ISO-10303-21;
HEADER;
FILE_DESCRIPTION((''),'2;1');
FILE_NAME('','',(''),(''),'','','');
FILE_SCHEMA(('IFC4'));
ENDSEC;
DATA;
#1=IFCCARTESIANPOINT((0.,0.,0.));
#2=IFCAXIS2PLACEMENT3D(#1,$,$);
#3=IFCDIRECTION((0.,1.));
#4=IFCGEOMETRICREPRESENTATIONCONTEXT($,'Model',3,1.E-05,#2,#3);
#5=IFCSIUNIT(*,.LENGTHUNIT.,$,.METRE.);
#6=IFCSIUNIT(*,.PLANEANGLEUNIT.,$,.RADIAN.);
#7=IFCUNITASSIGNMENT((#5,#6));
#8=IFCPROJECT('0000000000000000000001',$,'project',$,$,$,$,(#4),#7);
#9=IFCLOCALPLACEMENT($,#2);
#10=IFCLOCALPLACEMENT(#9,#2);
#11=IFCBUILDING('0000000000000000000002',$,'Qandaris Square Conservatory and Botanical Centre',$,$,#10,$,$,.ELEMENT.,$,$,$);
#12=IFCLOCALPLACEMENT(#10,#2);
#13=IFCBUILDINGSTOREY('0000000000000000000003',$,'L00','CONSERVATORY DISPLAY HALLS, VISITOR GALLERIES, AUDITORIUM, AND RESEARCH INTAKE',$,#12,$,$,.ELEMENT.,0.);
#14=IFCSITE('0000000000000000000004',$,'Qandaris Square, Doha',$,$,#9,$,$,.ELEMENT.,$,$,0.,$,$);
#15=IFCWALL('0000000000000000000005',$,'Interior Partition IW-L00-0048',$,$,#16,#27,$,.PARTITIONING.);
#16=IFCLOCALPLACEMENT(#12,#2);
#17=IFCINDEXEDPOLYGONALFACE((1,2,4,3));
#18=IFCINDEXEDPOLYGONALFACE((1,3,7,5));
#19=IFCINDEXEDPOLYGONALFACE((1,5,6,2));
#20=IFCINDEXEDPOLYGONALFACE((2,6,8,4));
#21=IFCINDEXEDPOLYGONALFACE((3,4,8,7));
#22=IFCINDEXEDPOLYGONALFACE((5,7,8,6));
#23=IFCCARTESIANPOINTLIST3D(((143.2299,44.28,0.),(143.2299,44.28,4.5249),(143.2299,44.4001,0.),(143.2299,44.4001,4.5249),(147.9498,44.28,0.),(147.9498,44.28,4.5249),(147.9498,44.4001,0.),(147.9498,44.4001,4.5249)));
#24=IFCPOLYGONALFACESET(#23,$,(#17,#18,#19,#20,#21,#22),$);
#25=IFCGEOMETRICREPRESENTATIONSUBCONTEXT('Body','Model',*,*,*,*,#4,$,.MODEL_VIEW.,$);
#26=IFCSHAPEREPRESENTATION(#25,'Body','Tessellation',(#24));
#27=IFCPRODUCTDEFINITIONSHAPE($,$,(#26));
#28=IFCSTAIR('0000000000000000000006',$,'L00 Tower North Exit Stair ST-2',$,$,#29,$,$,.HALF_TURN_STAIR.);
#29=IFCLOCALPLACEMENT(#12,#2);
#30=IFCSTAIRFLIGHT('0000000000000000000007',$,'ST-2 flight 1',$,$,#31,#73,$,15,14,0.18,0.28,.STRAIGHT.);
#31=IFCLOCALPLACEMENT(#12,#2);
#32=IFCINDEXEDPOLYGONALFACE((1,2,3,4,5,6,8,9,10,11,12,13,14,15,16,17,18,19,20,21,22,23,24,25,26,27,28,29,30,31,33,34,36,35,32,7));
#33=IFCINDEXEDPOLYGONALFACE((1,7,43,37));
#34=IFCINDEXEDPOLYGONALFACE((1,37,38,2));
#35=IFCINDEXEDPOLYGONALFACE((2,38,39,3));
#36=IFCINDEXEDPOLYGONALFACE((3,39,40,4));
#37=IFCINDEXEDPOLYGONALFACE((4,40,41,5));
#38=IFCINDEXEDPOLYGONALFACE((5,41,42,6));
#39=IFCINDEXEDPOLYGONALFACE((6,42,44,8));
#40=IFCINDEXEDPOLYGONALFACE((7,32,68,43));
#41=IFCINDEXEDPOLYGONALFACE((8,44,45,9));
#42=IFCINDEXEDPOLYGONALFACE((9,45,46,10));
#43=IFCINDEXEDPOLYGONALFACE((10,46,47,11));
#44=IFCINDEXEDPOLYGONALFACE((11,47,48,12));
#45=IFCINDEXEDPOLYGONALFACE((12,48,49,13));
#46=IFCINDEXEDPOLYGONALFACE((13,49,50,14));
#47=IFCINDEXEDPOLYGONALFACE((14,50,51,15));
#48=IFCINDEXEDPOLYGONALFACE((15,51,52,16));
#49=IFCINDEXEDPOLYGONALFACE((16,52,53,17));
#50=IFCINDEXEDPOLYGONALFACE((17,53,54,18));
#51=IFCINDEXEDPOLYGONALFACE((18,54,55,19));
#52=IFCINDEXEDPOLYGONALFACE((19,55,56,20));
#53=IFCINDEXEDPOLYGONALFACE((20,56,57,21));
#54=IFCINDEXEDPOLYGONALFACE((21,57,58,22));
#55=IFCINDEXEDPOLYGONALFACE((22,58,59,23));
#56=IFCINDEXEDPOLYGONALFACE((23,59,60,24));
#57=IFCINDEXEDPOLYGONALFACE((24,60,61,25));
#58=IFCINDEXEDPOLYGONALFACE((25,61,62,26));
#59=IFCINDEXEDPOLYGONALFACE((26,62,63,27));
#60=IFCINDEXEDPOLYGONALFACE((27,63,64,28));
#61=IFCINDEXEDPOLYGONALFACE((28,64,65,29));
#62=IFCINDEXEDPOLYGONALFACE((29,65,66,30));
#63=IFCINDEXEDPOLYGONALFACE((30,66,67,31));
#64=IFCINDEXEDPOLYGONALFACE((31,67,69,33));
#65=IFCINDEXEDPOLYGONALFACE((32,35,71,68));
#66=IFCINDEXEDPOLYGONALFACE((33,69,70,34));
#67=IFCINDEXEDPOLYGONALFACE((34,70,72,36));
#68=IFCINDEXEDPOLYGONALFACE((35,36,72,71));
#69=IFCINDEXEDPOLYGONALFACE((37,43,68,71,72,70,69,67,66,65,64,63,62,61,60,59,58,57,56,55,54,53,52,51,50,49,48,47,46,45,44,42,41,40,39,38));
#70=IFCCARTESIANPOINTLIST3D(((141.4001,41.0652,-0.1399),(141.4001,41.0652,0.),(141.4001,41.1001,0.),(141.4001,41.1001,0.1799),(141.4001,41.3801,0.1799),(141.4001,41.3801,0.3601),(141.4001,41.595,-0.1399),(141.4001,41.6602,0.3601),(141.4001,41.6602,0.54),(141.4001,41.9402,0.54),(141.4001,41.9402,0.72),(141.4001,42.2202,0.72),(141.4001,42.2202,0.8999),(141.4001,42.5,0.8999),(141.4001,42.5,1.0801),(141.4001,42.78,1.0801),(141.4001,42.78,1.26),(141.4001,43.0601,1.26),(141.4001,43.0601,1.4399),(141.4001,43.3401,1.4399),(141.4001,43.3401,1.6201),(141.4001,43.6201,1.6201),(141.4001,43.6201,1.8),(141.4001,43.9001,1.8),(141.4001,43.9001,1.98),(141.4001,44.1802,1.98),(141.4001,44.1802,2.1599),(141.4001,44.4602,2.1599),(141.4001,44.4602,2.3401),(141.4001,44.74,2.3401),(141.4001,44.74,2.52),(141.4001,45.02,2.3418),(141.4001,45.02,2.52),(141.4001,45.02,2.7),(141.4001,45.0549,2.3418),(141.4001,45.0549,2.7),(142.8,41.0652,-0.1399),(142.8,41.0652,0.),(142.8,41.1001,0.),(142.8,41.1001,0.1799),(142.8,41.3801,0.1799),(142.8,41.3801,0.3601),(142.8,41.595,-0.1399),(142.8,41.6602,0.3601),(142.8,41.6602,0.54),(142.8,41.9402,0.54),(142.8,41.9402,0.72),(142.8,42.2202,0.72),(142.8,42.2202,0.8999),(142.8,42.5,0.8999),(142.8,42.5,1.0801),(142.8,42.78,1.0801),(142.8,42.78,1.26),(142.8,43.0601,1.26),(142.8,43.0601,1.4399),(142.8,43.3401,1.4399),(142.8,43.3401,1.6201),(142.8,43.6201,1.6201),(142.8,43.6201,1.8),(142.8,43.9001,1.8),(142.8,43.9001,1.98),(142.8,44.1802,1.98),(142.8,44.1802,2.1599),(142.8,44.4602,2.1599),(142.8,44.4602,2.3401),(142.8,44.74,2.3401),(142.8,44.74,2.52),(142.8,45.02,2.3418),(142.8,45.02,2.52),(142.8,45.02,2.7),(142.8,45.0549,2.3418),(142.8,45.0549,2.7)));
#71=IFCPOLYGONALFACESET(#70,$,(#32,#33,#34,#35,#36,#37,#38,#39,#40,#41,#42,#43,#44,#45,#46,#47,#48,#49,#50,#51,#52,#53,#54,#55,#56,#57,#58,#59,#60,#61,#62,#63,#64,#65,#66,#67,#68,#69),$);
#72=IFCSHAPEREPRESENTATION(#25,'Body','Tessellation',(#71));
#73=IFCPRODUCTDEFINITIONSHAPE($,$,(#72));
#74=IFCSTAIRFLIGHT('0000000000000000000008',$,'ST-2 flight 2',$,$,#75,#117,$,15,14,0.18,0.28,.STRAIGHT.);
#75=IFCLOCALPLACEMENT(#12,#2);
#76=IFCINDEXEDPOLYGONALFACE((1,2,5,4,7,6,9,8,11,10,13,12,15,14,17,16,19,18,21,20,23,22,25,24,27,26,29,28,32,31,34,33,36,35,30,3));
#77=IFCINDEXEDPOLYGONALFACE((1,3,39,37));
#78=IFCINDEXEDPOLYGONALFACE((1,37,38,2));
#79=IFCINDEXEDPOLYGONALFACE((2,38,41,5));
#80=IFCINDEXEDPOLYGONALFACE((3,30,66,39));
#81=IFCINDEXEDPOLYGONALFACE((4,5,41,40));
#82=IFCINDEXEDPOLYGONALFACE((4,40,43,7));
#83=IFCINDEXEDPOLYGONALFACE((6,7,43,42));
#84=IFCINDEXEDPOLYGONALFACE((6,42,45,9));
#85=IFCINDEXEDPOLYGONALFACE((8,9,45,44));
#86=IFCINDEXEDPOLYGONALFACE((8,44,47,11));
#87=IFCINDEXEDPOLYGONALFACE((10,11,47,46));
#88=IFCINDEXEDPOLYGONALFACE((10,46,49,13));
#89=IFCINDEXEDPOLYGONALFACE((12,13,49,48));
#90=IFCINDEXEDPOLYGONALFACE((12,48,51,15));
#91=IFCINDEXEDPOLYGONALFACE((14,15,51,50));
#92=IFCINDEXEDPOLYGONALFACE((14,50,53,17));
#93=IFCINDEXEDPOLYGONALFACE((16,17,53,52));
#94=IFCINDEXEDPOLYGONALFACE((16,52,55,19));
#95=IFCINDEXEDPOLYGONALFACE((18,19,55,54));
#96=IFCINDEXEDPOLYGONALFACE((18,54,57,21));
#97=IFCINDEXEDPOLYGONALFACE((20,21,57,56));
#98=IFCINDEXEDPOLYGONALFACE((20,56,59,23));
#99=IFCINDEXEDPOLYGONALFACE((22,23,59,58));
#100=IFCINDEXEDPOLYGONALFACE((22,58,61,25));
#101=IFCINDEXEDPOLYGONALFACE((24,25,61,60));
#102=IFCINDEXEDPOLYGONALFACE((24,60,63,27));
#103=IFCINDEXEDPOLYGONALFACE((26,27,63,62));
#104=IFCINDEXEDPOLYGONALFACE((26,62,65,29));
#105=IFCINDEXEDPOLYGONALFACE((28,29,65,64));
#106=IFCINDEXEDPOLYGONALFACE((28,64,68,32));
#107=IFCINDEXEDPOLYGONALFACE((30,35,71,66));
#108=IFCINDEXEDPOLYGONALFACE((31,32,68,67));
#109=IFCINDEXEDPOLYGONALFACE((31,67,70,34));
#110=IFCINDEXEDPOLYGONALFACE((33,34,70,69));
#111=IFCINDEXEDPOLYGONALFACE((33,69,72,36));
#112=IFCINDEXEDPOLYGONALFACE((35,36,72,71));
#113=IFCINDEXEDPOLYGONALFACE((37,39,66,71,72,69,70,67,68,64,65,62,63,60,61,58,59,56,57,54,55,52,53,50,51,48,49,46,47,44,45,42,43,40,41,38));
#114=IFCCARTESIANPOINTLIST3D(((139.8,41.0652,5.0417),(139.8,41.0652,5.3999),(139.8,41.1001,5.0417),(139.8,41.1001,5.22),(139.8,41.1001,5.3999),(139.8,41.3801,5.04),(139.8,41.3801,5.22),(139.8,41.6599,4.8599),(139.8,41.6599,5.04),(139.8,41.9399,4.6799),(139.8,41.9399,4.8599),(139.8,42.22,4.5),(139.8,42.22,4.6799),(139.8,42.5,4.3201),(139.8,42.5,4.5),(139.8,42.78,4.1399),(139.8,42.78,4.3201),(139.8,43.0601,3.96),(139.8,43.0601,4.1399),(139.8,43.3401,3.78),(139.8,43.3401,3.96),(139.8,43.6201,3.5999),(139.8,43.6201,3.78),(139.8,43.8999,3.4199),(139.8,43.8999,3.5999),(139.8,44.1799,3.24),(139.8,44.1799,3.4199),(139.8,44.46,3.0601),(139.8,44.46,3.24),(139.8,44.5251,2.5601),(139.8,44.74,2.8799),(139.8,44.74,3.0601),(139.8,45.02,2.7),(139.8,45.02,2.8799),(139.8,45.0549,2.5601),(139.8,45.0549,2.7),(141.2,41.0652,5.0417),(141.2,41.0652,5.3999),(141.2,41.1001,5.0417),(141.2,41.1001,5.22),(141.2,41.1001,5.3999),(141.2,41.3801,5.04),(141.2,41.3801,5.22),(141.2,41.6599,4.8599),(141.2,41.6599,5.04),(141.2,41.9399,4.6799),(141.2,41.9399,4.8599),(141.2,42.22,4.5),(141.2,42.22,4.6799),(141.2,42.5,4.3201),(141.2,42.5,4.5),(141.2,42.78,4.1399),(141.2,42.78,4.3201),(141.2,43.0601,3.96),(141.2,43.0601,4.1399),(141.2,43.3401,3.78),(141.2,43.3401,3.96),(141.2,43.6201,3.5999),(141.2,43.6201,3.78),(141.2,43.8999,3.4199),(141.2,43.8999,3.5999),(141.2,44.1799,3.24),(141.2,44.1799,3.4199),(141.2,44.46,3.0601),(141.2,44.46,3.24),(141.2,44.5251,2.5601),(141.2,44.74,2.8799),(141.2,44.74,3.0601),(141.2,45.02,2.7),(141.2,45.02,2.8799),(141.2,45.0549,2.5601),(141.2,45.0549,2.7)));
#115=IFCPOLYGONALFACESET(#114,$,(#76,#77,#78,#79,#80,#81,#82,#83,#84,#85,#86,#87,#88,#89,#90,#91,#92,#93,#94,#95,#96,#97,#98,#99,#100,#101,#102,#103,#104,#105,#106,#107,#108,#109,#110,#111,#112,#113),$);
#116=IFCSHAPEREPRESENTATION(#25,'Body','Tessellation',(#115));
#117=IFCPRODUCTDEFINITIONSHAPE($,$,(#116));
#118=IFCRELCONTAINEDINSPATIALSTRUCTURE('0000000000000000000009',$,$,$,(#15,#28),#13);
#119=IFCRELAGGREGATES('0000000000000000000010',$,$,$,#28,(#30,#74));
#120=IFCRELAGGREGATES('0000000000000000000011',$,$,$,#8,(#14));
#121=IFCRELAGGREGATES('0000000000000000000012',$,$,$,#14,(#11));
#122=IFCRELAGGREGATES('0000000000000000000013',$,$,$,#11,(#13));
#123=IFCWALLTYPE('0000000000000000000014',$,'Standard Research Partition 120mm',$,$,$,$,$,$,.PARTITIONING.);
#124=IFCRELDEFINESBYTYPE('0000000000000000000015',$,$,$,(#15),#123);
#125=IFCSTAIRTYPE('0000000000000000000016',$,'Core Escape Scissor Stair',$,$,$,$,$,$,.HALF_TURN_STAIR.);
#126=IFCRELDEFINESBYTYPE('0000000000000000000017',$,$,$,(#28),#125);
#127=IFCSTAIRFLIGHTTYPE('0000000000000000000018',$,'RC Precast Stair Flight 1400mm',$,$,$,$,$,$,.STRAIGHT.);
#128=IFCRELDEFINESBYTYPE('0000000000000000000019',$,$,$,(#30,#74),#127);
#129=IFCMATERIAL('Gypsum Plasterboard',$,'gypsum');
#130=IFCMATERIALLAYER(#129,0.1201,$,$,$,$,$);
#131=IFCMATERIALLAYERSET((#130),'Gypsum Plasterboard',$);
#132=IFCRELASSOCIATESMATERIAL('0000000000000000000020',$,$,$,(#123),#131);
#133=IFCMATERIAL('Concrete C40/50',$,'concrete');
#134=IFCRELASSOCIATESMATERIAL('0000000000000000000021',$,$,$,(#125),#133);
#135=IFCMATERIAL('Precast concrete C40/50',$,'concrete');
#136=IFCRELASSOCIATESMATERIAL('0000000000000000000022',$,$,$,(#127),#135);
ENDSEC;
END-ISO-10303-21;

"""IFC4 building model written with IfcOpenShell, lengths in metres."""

from ifc_helpers import new_model, si_unit, direction, frame, frame_2d, origin, place, context, subcontext, project, spatial, polyline, rectangle, outline, extrude, material, layer, layer_set, type_object, element, aggregate, save


model = new_model("IFC4")

# Units and contexts
model_context = context("Model", 3, precision=1e-05, world=origin(), true_north=direction((0.0, 1.0)))
body_context = subcontext(model_context, "Body", "Model", "MODEL_VIEW")
ifc_project = project(units=[si_unit("LENGTHUNIT", "METRE"), si_unit("PLANEANGLEUNIT", "RADIAN")], contexts=[model_context])

# Site, building, storey
site_placement = place(None, origin())
site = spatial("IfcSite", under=ifc_project, at=site_placement, Name="Qandaris Square, Doha", CompositionType="ELEMENT", RefElevation=0.0)
building_placement = place(site_placement, origin())
building = spatial("IfcBuilding", under=site, at=building_placement, Name="Qandaris Square Conservatory and Botanical Centre", CompositionType="ELEMENT")
storey_placement = place(building_placement, origin())
storey = spatial("IfcBuildingStorey", under=building, at=storey_placement, Name="L00", Description="CONSERVATORY DISPLAY HALLS, VISITOR GALLERIES, AUDITORIUM, AND RESEARCH INTAKE", CompositionType="ELEMENT", Elevation=0.0)

# Shared definitions
ifc_material_1 = material(Name="Gypsum Plasterboard", Category="gypsum")
ifc_layer_1 = layer(ifc_material_1, 0.1201)
ifc_layer_set_1 = layer_set([ifc_layer_1], Name="Gypsum Plasterboard")
wall_type_1 = type_object("IfcWallType", Name="Standard Research Partition 120mm", PredefinedType="PARTITIONING", material=ifc_layer_set_1)

# Wall
wall_1_placement = place(storey_placement, frame((143.23, 44.3401, 0.0), z_axis=(0.0, 0.0, 1.0), x_axis=(1.0, 0.0, 0.0)))
element("IfcWall", 1, at=wall_1_placement, inside=storey, type_object=wall_type_1, Name="Interior Partition IW-L00-0048", PredefinedType="PARTITIONING", context=body_context, shape_type="SweptSolid", body=[
    extrude(rectangle(XDim=4.72, YDim=0.1201, at=frame_2d((2.3599, 0.0))), origin(), (0.0, 0.0, 1.0), 4.5249),
])

# Stair, stair flights
ifc_material_2 = material(Name="Concrete C40/50", Category="concrete")
stair_type = type_object("IfcStairType", Name="Core Escape Scissor Stair", PredefinedType="HALF_TURN_STAIR", material=ifc_material_2)
stair_placement = place(storey_placement, origin())
stair = element("IfcStair", 2, at=stair_placement, inside=storey, type_object=stair_type, Name="L00 Tower North Exit Stair ST-2", PredefinedType="HALF_TURN_STAIR")
ifc_material_3 = material(Name="Precast concrete C40/50", Category="concrete")
stair_flight_type = type_object("IfcStairFlightType", Name="RC Precast Stair Flight 1400mm", PredefinedType="STRAIGHT", material=ifc_material_3)
stair_flight_1_placement = place(storey_placement, frame((142.1001, 41.1001, 0.0), z_axis=(0.0, 0.0, 1.0), x_axis=(0.0, 1.0, 0.0)))
stair_flight_1 = element("IfcStairFlight", 3, at=stair_flight_1_placement, type_object=stair_flight_type, Name="ST-2 flight 1", NumberOfRisers=15, NumberOfTreads=14, PredefinedType="STRAIGHT", RiserHeight=0.18, TreadLength=0.28, context=body_context, shape_type="SweptSolid", body=[
    extrude(outline(polyline([(-0.0349, 0.0), (0.0, 0.0), (0.0, 0.1799), (0.28, 0.1799), (0.28, 0.3601), (0.5601, 0.3601), (0.5601, 0.54), (0.8401, 0.54), (0.8401, 0.72), (1.1201, 0.72), (1.1201, 0.8999), (1.3999, 0.8999), (1.3999, 1.0801), (1.6799, 1.0801), (1.6799, 1.26), (1.96, 1.26), (1.96, 1.4399), (2.24, 1.4399), (2.24, 1.6201), (2.52, 1.6201), (2.52, 1.8), (2.8, 1.8), (2.8, 1.98), (3.0801, 1.98), (3.0801, 2.1599), (3.3601, 2.1599), (3.3601, 2.3401), (3.6399, 2.3401), (3.6399, 2.52), (3.9199, 2.52), (3.9199, 2.7), (3.9548, 2.7), (3.9548, 2.3418), (3.9199, 2.3418), (0.4949, -0.1399), (-0.0349, -0.1399), (-0.0349, 0.0)])), frame((0.0, 0.7, 0.0), z_axis=(0.0, -1.0, 0.0), x_axis=(1.0, 0.0, 0.0)), (0.0, 0.0, 1.0), 1.3999),
])
stair_flight_2_placement = place(storey_placement, frame((140.5, 45.02, 2.7), z_axis=(0.0, 0.0, 1.0), x_axis=(0.0, -1.0, 0.0)))
stair_flight_2 = element("IfcStairFlight", 4, at=stair_flight_2_placement, type_object=stair_flight_type, Name="ST-2 flight 2", NumberOfRisers=15, NumberOfTreads=14, PredefinedType="STRAIGHT", RiserHeight=0.18, TreadLength=0.28, context=body_context, shape_type="SweptSolid", body=[
    extrude(outline(polyline([(-0.0349, 0.0), (0.0, 0.0), (0.0, 0.1799), (0.28, 0.1799), (0.28, 0.3601), (0.5601, 0.3601), (0.5601, 0.54), (0.8401, 0.54), (0.8401, 0.72), (1.1201, 0.72), (1.1201, 0.8999), (1.3999, 0.8999), (1.3999, 1.0801), (1.6799, 1.0801), (1.6799, 1.26), (1.96, 1.26), (1.96, 1.4399), (2.24, 1.4399), (2.24, 1.6201), (2.52, 1.6201), (2.52, 1.8), (2.8, 1.8), (2.8, 1.98), (3.0801, 1.98), (3.0801, 2.1599), (3.3601, 2.1599), (3.3601, 2.3401), (3.6399, 2.3401), (3.6399, 2.52), (3.9199, 2.52), (3.9199, 2.7), (3.9548, 2.7), (3.9548, 2.3418), (3.9199, 2.3418), (0.4949, -0.1399), (-0.0349, -0.1399), (-0.0349, 0.0)])), frame((0.0, 0.7, 0.0), z_axis=(0.0, -1.0, 0.0), x_axis=(1.0, 0.0, 0.0)), (0.0, 0.0, 1.0), 1.3999),
])
aggregate(stair, [stair_flight_1, stair_flight_2])

save(model, "model.ifc")
